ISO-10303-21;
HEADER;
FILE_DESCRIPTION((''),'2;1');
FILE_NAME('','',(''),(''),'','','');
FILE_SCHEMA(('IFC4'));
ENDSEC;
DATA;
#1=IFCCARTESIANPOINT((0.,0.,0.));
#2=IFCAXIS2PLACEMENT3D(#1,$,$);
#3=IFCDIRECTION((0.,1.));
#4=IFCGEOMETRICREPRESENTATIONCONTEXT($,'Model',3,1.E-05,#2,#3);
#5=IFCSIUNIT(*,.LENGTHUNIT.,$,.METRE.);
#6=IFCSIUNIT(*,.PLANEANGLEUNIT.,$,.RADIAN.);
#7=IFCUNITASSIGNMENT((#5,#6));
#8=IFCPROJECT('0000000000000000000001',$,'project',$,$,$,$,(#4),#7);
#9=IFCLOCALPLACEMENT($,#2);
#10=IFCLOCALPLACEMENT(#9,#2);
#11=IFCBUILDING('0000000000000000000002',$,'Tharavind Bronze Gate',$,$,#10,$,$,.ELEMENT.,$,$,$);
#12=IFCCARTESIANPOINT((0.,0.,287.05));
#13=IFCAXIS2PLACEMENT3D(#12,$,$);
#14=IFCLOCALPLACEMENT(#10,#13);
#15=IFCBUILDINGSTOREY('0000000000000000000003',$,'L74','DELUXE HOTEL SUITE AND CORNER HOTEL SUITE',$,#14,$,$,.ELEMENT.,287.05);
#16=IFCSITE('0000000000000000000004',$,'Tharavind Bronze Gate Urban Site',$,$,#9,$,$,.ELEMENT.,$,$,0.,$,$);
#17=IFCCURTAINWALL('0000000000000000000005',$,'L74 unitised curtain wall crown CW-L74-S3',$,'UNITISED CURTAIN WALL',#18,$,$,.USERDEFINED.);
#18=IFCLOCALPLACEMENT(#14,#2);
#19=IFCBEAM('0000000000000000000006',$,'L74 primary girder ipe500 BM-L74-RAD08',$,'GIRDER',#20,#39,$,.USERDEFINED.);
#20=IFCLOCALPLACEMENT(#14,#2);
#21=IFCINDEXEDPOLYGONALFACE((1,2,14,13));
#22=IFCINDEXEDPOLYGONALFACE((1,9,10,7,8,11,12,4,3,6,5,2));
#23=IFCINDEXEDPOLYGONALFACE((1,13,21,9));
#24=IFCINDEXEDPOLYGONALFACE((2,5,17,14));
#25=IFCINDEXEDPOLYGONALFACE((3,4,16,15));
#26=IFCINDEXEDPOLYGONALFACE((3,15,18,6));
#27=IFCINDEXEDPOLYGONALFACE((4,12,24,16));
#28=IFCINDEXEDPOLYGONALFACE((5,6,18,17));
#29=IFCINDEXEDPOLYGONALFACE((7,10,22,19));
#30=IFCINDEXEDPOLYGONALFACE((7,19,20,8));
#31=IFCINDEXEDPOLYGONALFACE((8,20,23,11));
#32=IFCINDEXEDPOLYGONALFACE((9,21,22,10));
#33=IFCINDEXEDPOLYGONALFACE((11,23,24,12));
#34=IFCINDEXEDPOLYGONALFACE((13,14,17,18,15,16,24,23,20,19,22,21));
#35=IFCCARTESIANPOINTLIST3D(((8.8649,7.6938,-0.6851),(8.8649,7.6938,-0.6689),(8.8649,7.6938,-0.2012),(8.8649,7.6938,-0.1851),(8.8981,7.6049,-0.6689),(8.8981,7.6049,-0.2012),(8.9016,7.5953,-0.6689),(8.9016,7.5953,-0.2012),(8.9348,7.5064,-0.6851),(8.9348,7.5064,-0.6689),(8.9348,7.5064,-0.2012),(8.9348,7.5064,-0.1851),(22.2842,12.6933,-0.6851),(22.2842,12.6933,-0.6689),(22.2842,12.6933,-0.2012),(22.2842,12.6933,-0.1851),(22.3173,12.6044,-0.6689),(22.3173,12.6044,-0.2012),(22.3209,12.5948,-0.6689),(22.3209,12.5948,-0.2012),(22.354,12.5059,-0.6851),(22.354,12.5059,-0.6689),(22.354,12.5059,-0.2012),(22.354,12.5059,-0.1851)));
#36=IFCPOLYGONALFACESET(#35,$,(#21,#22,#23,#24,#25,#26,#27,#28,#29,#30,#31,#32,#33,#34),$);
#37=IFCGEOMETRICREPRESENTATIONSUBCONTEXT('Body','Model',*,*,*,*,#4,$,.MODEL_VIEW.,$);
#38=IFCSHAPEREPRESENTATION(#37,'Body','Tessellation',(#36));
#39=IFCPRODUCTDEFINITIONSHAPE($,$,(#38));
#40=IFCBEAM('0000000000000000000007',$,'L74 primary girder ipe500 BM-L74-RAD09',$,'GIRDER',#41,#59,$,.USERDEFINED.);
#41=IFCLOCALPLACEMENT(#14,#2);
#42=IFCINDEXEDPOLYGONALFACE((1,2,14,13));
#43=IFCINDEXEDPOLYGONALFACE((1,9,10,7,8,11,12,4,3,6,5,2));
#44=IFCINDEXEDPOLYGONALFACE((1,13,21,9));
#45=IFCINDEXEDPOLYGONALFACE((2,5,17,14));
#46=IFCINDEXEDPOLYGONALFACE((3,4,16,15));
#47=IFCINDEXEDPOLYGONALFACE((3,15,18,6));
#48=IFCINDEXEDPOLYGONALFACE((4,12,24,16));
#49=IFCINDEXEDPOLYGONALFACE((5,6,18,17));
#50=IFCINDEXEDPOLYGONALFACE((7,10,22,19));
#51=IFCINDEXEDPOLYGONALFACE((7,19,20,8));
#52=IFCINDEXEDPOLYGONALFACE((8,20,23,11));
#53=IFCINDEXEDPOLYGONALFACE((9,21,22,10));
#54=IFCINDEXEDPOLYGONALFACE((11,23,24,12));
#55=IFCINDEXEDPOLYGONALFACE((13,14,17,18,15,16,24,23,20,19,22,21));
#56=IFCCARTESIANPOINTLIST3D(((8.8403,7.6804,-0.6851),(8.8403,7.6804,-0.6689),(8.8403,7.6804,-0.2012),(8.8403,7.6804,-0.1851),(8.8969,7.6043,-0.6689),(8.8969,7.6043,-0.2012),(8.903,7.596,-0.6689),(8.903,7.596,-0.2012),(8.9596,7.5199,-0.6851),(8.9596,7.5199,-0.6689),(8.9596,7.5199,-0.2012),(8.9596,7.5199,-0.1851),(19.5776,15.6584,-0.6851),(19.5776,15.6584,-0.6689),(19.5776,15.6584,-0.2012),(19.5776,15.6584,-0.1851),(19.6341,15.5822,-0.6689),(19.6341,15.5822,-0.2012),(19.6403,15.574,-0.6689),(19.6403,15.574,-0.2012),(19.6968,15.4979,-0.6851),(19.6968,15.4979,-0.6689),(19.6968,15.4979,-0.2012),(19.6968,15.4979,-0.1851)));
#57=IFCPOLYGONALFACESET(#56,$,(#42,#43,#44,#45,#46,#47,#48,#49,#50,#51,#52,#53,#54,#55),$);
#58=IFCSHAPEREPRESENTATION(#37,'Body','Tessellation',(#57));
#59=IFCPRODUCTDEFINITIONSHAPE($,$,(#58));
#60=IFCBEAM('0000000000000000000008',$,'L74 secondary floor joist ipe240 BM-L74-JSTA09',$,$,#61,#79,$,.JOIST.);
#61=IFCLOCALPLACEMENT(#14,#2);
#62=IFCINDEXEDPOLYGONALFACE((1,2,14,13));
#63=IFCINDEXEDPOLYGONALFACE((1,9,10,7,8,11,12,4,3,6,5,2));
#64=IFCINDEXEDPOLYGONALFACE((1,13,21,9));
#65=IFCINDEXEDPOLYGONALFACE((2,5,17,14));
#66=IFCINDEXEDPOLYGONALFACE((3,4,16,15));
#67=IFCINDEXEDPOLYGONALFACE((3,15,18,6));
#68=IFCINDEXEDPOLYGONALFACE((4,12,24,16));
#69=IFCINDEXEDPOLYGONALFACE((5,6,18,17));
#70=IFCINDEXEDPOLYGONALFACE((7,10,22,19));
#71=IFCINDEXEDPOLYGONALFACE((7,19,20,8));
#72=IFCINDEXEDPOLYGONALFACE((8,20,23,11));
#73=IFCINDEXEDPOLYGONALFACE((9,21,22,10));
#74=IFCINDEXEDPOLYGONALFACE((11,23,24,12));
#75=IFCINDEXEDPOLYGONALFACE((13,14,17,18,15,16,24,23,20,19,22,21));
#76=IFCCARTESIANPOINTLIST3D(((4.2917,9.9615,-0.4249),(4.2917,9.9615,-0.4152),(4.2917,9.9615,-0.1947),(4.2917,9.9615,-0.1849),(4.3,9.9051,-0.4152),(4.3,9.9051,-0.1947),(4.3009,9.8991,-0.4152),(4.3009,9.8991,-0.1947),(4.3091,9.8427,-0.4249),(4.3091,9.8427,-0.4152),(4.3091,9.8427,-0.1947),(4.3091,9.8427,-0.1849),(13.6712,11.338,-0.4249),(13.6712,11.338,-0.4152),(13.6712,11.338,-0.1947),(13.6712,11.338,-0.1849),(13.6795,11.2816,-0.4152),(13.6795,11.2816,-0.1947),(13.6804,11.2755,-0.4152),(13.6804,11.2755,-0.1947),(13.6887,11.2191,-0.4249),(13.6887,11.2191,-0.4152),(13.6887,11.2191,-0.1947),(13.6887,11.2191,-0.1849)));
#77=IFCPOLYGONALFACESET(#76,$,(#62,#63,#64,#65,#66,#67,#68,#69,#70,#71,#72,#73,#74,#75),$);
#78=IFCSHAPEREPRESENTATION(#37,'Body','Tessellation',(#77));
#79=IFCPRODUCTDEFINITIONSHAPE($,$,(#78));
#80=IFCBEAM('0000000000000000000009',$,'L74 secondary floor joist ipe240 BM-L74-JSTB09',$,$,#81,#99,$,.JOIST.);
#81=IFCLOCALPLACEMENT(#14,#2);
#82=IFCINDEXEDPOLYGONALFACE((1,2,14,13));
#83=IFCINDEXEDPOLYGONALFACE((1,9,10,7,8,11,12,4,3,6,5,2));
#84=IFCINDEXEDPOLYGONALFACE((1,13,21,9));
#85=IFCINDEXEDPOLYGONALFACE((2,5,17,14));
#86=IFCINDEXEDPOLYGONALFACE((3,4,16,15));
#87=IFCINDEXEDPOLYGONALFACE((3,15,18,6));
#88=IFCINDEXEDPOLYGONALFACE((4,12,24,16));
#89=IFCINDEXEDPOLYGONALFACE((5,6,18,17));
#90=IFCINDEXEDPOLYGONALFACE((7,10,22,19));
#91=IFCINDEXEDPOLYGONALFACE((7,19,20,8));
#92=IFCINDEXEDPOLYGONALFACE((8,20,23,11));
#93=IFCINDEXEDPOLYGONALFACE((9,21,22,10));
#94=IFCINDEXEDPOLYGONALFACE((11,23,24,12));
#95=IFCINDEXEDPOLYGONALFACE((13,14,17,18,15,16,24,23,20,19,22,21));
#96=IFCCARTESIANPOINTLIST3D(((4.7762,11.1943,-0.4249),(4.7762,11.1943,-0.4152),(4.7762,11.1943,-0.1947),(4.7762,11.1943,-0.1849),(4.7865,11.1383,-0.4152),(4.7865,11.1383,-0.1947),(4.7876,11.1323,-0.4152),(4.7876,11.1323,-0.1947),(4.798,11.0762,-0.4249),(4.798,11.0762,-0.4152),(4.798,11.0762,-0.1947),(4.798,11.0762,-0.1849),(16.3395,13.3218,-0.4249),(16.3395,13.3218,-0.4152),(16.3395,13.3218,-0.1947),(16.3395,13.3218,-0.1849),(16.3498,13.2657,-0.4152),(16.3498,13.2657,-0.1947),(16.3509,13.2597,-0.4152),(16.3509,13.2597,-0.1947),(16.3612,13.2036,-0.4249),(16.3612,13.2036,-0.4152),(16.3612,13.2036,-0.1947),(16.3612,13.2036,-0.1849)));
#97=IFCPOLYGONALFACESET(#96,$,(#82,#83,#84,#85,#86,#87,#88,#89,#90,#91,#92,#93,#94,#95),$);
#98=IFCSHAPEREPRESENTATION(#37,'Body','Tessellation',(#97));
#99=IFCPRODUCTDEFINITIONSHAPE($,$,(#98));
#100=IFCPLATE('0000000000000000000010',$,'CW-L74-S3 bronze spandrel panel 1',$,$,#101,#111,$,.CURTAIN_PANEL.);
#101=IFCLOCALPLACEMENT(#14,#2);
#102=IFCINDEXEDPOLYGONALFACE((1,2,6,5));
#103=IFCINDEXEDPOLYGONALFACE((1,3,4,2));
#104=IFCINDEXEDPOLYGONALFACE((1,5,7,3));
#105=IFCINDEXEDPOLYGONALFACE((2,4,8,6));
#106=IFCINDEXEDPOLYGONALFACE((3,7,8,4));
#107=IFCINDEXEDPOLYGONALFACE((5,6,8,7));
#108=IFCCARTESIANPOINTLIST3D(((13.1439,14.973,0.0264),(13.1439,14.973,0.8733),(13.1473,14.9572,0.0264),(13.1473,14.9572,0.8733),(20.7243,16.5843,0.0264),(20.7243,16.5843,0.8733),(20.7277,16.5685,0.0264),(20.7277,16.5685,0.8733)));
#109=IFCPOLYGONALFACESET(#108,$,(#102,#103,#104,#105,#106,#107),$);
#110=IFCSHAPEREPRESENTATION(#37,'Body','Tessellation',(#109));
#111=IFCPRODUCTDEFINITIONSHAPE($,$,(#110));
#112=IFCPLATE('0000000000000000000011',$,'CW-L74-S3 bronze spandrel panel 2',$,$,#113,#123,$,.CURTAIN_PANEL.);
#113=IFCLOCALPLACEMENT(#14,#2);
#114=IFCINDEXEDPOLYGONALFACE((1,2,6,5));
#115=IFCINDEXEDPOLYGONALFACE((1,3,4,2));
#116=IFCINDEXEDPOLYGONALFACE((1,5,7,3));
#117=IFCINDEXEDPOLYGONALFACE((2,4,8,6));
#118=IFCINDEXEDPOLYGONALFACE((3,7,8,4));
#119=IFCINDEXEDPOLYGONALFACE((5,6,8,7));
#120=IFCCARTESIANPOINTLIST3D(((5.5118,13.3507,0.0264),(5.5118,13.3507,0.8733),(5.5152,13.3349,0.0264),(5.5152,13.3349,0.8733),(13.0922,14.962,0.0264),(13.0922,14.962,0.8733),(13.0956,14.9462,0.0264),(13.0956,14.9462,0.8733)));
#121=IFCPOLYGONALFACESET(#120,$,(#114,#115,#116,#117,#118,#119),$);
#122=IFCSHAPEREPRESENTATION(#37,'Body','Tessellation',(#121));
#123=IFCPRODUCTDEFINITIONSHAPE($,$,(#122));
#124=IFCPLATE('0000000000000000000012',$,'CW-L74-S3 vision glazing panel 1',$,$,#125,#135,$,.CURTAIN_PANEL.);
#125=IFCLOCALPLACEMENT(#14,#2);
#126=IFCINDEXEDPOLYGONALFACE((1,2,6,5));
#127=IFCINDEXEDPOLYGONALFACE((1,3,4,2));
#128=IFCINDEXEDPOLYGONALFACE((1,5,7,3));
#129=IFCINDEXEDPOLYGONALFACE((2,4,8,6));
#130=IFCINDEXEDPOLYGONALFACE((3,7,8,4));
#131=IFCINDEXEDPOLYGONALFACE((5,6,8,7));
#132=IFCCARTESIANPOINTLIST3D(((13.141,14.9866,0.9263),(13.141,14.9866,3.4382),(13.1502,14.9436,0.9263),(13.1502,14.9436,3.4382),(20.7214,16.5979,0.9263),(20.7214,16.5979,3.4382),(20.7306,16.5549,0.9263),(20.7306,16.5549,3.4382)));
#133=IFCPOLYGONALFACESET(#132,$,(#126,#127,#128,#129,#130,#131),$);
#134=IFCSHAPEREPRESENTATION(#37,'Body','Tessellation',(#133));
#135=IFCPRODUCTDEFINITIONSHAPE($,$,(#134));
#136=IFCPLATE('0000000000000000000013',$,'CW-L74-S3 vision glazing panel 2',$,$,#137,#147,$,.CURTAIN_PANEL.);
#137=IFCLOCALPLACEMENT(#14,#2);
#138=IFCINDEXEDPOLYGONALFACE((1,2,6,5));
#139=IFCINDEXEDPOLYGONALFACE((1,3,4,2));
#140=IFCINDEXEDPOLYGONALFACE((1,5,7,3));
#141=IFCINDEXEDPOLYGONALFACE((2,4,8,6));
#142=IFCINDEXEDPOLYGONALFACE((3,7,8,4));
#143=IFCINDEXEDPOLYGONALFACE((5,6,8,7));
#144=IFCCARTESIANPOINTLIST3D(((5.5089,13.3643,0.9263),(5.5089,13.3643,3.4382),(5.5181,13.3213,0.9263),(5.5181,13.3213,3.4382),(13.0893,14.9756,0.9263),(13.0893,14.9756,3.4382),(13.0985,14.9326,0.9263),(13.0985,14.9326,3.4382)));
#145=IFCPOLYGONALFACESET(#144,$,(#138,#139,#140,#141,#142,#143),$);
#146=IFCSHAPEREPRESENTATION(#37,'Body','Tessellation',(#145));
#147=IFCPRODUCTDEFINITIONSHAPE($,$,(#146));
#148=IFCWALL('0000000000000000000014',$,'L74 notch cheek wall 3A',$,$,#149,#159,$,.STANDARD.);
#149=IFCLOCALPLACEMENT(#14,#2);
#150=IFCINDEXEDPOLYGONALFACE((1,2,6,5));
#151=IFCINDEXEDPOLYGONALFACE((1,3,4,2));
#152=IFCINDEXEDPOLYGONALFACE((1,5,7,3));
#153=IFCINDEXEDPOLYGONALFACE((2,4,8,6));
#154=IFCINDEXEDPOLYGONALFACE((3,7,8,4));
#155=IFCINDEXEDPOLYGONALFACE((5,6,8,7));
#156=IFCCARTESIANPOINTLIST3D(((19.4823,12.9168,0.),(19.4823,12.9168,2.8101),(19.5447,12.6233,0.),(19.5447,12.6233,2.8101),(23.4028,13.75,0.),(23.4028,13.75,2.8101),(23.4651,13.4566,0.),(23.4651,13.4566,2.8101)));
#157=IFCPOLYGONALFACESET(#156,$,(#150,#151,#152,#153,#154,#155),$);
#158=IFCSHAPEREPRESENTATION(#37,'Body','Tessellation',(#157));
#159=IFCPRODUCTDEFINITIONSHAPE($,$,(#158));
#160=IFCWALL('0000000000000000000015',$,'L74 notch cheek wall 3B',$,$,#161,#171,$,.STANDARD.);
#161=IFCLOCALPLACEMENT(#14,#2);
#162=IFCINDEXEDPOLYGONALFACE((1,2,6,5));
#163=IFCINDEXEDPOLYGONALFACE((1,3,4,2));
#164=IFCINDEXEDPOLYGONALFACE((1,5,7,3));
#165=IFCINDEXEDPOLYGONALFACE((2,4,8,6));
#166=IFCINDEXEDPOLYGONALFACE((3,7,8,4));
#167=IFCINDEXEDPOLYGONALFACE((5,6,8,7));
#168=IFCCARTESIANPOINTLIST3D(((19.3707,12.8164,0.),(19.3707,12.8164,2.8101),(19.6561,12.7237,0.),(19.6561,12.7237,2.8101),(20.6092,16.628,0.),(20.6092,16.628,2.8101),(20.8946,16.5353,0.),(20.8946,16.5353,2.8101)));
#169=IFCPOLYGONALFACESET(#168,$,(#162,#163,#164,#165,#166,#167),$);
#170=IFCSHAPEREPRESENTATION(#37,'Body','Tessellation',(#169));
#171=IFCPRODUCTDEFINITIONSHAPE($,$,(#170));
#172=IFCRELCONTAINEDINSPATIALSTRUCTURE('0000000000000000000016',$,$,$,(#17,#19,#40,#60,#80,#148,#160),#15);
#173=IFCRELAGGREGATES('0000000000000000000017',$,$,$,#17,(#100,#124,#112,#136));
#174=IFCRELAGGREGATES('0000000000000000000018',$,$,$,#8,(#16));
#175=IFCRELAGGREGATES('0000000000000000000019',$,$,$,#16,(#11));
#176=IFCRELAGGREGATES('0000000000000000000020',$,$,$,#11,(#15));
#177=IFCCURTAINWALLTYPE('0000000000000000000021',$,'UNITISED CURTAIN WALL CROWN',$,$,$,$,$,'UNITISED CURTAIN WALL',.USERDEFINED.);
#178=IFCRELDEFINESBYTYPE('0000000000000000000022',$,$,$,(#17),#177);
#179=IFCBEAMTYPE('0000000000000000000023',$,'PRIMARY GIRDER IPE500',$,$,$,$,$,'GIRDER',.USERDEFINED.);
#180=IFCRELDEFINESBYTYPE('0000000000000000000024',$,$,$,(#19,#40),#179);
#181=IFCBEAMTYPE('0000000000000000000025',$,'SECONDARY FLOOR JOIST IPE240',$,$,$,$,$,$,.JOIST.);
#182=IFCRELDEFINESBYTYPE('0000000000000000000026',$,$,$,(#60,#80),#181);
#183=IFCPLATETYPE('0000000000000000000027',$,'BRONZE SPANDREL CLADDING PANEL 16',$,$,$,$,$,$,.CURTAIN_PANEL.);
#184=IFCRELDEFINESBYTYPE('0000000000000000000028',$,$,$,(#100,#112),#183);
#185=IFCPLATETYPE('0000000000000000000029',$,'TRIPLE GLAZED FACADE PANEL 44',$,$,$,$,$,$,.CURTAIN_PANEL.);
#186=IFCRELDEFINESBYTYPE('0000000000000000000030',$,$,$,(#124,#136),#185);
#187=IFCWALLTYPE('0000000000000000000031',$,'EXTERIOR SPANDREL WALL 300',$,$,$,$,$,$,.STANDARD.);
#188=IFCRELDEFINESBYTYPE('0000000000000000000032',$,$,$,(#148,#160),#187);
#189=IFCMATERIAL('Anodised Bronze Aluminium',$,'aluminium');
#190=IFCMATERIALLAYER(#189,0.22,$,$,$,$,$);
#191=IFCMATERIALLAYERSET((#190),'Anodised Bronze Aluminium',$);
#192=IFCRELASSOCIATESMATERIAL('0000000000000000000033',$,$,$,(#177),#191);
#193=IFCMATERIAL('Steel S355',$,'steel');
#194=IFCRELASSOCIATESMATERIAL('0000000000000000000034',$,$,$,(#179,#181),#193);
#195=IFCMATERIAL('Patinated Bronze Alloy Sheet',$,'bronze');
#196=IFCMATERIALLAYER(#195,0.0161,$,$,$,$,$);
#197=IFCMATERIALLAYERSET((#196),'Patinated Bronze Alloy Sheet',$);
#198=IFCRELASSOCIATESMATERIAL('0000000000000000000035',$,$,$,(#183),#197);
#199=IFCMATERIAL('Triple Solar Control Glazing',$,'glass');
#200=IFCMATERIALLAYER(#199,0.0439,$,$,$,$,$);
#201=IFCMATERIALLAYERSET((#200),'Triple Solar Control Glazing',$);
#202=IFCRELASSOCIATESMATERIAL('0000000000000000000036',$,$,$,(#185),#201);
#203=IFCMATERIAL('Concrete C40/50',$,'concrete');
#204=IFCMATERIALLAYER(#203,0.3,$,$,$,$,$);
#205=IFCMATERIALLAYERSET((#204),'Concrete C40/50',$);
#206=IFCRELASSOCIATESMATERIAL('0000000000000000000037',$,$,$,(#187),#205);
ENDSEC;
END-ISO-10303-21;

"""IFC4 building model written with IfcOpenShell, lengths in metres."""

from ifc_helpers import new_model, si_unit, direction, frame, frame_2d, origin, origin_2d, place, context, subcontext, project, spatial, rectangle, i_section, extrude, material, layer, layer_set, material_profile, profile_set, type_object, element, aggregate, save


model = new_model("IFC4")

# Units and contexts
model_context = context("Model", 3, precision=1e-05, world=origin(), true_north=direction((0.0, 1.0)))
body_context = subcontext(model_context, "Body", "Model", "MODEL_VIEW")
ifc_project = project(units=[si_unit("LENGTHUNIT", "METRE"), si_unit("PLANEANGLEUNIT", "RADIAN")], contexts=[model_context])

# Site, building, storey
site_placement = place(None, origin())
site = spatial("IfcSite", under=ifc_project, at=site_placement, Name="Tharavind Bronze Gate Urban Site", CompositionType="ELEMENT", RefElevation=0.0)
building_placement = place(site_placement, origin())
building = spatial("IfcBuilding", under=site, at=building_placement, Name="Tharavind Bronze Gate", CompositionType="ELEMENT")
storey_placement = place(building_placement, frame((0.0, 0.0, 287.05)))
storey = spatial("IfcBuildingStorey", under=building, at=storey_placement, Name="L74", Description="DELUXE HOTEL SUITE AND CORNER HOTEL SUITE", CompositionType="ELEMENT", Elevation=287.05)

# Shared definitions
ifc_material_1 = material(Name="Anodised Bronze Aluminium", Category="aluminium")
ifc_layer_1 = layer(ifc_material_1, 0.22)
ifc_layer_set_1 = layer_set([ifc_layer_1], Name="Anodised Bronze Aluminium")
curtain_wall_type = type_object("IfcCurtainWallType", Name="UNITISED CURTAIN WALL CROWN", ElementType="UNITISED CURTAIN WALL", PredefinedType="USERDEFINED", material=ifc_layer_set_1)

# Curtain wall
curtain_wall_1_placement = place(storey_placement, origin())
curtain_wall_1 = element("IfcCurtainWall", 1, at=curtain_wall_1_placement, inside=storey, type_object=curtain_wall_type, Name="L74 unitised curtain wall crown CW-L74-S3", ObjectType="UNITISED CURTAIN WALL", PredefinedType="USERDEFINED")

# Beams
ifc_material_2 = material(Name="Steel S355", Category="steel")
ifc_material_profile_1 = material_profile(ifc_material_2, i_section(OverallWidth=0.2, OverallDepth=0.5, WebThickness=0.0103, FlangeThickness=0.0161, at=origin_2d()), Name="IPE500")
ifc_profile_set_1 = profile_set([ifc_material_profile_1], Name="Steel S355")
beam_type_1 = type_object("IfcBeamType", Name="PRIMARY GIRDER IPE500", ElementType="GIRDER", PredefinedType="USERDEFINED", material=ifc_profile_set_1)
beam_1_placement = place(storey_placement, frame((22.3191, 12.5996, -0.4351), z_axis=(-0.937077, -0.349122, 0.0), x_axis=(0.349122, -0.937077, 0.0)))
element("IfcBeam", 2, at=beam_1_placement, inside=storey, type_object=beam_type_1, Name="L74 primary girder ipe500 BM-L74-RAD08", ObjectType="GIRDER", PredefinedType="USERDEFINED", context=body_context, shape_type="SweptSolid", body=[
    extrude(i_section(OverallWidth=0.2, OverallDepth=0.5, WebThickness=0.0103, FlangeThickness=0.0161, at=origin_2d()), origin(), (0.0, 0.0, 1.0), 14.3203),
])
beam_2_placement = place(storey_placement, frame((19.6372, 15.5781, -0.4351), z_axis=(-0.802681, -0.596408, 0.0), x_axis=(0.596408, -0.802681, 0.0)))
element("IfcBeam", 3, at=beam_2_placement, inside=storey, type_object=beam_type_1, Name="L74 primary girder ipe500 BM-L74-RAD09", ObjectType="GIRDER", PredefinedType="USERDEFINED", context=body_context, shape_type="SweptSolid", body=[
    extrude(i_section(OverallWidth=0.2, OverallDepth=0.5, WebThickness=0.0103, FlangeThickness=0.0161, at=origin_2d()), origin(), (0.0, 0.0, 1.0), 13.3767),
])
ifc_material_profile_2 = material_profile(ifc_material_2, i_section(OverallWidth=0.1201, OverallDepth=0.24, WebThickness=0.0061, FlangeThickness=0.0098, at=origin_2d()), Name="IPE240")
ifc_profile_set_2 = profile_set([ifc_material_profile_2], Name="Steel S355")
beam_type_2 = type_object("IfcBeamType", Name="SECONDARY FLOOR JOIST IPE240", PredefinedType="JOIST", material=ifc_profile_set_2)
beam_3_placement = place(storey_placement, frame((13.6799, 11.2786, -0.3049), z_axis=(-0.989403, -0.145195, 0.0), x_axis=(0.145195, -0.989403, 0.0)))
element("IfcBeam", 4, at=beam_3_placement, inside=storey, type_object=beam_type_2, Name="L74 secondary floor joist ipe240 BM-L74-JSTA09", PredefinedType="JOIST", context=body_context, shape_type="SweptSolid", body=[
    extrude(i_section(OverallWidth=0.1201, OverallDepth=0.24, WebThickness=0.0061, FlangeThickness=0.0098, at=origin_2d()), origin(), (0.0, 0.0, 1.0), 9.48),
])
beam_4_placement = place(storey_placement, frame((16.3503, 13.2627, -0.3049), z_axis=(-0.983493, -0.180946, 0.0), x_axis=(0.180946, -0.983493, 0.0)))
element("IfcBeam", 5, at=beam_4_placement, inside=storey, type_object=beam_type_2, Name="L74 secondary floor joist ipe240 BM-L74-JSTB09", PredefinedType="JOIST", context=body_context, shape_type="SweptSolid", body=[
    extrude(i_section(OverallWidth=0.1201, OverallDepth=0.24, WebThickness=0.0061, FlangeThickness=0.0098, at=origin_2d()), origin(), (0.0, 0.0, 1.0), 11.7573),
])

# Plates
ifc_material_3 = material(Name="Patinated Bronze Alloy Sheet", Category="bronze")
ifc_layer_2 = layer(ifc_material_3, 0.0161)
ifc_layer_set_2 = layer_set([ifc_layer_2], Name="Patinated Bronze Alloy Sheet")
plate_type_1 = type_object("IfcPlateType", Name="BRONZE SPANDREL CLADDING PANEL 16", PredefinedType="CURTAIN_PANEL", material=ifc_layer_set_2)
plate_1_placement = place(storey_placement, frame((16.9358, 15.7708, 0.0264), z_axis=(0.0, 0.0, 1.0), x_axis=(-0.978147, -0.207913, 0.0)))
plate_1 = element("IfcPlate", 6, at=plate_1_placement, type_object=plate_type_1, Name="CW-L74-S3 bronze spandrel panel 1", PredefinedType="CURTAIN_PANEL", context=body_context, shape_type="SweptSolid", body=[
    extrude(rectangle(XDim=7.7498, YDim=0.0161, at=origin_2d()), origin(), (0.0, 0.0, 1.0), 0.8469),
])
plate_2_placement = place(storey_placement, frame((9.3037, 14.1484, 0.0264), z_axis=(0.0, 0.0, 1.0), x_axis=(-0.978147, -0.207913, 0.0)))
plate_2 = element("IfcPlate", 7, at=plate_2_placement, type_object=plate_type_1, Name="CW-L74-S3 bronze spandrel panel 2", PredefinedType="CURTAIN_PANEL", context=body_context, shape_type="SweptSolid", body=[
    extrude(rectangle(XDim=7.7498, YDim=0.0161, at=origin_2d()), origin(), (0.0, 0.0, 1.0), 0.8469),
])
ifc_material_4 = material(Name="Triple Solar Control Glazing", Category="glass")
ifc_layer_3 = layer(ifc_material_4, 0.0439)
ifc_layer_set_3 = layer_set([ifc_layer_3], Name="Triple Solar Control Glazing")
plate_type_2 = type_object("IfcPlateType", Name="TRIPLE GLAZED FACADE PANEL 44", PredefinedType="CURTAIN_PANEL", material=ifc_layer_set_3)
plate_3_placement = place(storey_placement, frame((16.9358, 15.7708, 0.9263), z_axis=(0.0, 0.0, 1.0), x_axis=(-0.978147, -0.207913, 0.0)))
plate_3 = element("IfcPlate", 8, at=plate_3_placement, type_object=plate_type_2, Name="CW-L74-S3 vision glazing panel 1", PredefinedType="CURTAIN_PANEL", context=body_context, shape_type="SweptSolid", body=[
    extrude(rectangle(XDim=7.7498, YDim=0.0439, at=origin_2d()), origin(), (0.0, 0.0, 1.0), 2.512),
])
plate_4_placement = place(storey_placement, frame((9.3037, 14.1484, 0.9263), z_axis=(0.0, 0.0, 1.0), x_axis=(-0.978147, -0.207913, 0.0)))
plate_4 = element("IfcPlate", 9, at=plate_4_placement, type_object=plate_type_2, Name="CW-L74-S3 vision glazing panel 2", PredefinedType="CURTAIN_PANEL", context=body_context, shape_type="SweptSolid", body=[
    extrude(rectangle(XDim=7.7498, YDim=0.0439, at=origin_2d()), origin(), (0.0, 0.0, 1.0), 2.512),
])
aggregate(curtain_wall_1, [plate_1, plate_3, plate_2, plate_4])

# Walls
ifc_material_5 = material(Name="Concrete C40/50", Category="concrete")
ifc_layer_4 = layer(ifc_material_5, 0.3)
ifc_layer_set_4 = layer_set([ifc_layer_4], Name="Concrete C40/50")
wall_type = type_object("IfcWallType", Name="EXTERIOR SPANDREL WALL 300", PredefinedType="STANDARD", material=ifc_layer_set_4)
wall_1_placement = place(storey_placement, frame((23.4338, 13.6033, 0.0), z_axis=(0.0, 0.0, 1.0), x_axis=(-0.97815, -0.207898, 0.0)))
element("IfcWall", 10, at=wall_1_placement, inside=storey, type_object=wall_type, Name="L74 notch cheek wall 3A", PredefinedType="STANDARD", context=body_context, shape_type="SweptSolid", body=[
    extrude(rectangle(XDim=4.0081, YDim=0.3, at=frame_2d((2.0039, 0.0))), origin(), (0.0, 0.0, 1.0), 2.8101),
])
wall_2_placement = place(storey_placement, frame((19.5134, 12.77, 0.0), z_axis=(0.0, 0.0, 1.0), x_axis=(0.309019, 0.951056, 0.0)))
element("IfcWall", 11, at=wall_2_placement, inside=storey, type_object=wall_type, Name="L74 notch cheek wall 3B", PredefinedType="STANDARD", context=body_context, shape_type="SweptSolid", body=[
    extrude(rectangle(XDim=4.0078, YDim=0.3, at=frame_2d((2.0039, 0.0))), origin(), (0.0, 0.0, 1.0), 2.8101),
])

save(model, "model.ifc")
